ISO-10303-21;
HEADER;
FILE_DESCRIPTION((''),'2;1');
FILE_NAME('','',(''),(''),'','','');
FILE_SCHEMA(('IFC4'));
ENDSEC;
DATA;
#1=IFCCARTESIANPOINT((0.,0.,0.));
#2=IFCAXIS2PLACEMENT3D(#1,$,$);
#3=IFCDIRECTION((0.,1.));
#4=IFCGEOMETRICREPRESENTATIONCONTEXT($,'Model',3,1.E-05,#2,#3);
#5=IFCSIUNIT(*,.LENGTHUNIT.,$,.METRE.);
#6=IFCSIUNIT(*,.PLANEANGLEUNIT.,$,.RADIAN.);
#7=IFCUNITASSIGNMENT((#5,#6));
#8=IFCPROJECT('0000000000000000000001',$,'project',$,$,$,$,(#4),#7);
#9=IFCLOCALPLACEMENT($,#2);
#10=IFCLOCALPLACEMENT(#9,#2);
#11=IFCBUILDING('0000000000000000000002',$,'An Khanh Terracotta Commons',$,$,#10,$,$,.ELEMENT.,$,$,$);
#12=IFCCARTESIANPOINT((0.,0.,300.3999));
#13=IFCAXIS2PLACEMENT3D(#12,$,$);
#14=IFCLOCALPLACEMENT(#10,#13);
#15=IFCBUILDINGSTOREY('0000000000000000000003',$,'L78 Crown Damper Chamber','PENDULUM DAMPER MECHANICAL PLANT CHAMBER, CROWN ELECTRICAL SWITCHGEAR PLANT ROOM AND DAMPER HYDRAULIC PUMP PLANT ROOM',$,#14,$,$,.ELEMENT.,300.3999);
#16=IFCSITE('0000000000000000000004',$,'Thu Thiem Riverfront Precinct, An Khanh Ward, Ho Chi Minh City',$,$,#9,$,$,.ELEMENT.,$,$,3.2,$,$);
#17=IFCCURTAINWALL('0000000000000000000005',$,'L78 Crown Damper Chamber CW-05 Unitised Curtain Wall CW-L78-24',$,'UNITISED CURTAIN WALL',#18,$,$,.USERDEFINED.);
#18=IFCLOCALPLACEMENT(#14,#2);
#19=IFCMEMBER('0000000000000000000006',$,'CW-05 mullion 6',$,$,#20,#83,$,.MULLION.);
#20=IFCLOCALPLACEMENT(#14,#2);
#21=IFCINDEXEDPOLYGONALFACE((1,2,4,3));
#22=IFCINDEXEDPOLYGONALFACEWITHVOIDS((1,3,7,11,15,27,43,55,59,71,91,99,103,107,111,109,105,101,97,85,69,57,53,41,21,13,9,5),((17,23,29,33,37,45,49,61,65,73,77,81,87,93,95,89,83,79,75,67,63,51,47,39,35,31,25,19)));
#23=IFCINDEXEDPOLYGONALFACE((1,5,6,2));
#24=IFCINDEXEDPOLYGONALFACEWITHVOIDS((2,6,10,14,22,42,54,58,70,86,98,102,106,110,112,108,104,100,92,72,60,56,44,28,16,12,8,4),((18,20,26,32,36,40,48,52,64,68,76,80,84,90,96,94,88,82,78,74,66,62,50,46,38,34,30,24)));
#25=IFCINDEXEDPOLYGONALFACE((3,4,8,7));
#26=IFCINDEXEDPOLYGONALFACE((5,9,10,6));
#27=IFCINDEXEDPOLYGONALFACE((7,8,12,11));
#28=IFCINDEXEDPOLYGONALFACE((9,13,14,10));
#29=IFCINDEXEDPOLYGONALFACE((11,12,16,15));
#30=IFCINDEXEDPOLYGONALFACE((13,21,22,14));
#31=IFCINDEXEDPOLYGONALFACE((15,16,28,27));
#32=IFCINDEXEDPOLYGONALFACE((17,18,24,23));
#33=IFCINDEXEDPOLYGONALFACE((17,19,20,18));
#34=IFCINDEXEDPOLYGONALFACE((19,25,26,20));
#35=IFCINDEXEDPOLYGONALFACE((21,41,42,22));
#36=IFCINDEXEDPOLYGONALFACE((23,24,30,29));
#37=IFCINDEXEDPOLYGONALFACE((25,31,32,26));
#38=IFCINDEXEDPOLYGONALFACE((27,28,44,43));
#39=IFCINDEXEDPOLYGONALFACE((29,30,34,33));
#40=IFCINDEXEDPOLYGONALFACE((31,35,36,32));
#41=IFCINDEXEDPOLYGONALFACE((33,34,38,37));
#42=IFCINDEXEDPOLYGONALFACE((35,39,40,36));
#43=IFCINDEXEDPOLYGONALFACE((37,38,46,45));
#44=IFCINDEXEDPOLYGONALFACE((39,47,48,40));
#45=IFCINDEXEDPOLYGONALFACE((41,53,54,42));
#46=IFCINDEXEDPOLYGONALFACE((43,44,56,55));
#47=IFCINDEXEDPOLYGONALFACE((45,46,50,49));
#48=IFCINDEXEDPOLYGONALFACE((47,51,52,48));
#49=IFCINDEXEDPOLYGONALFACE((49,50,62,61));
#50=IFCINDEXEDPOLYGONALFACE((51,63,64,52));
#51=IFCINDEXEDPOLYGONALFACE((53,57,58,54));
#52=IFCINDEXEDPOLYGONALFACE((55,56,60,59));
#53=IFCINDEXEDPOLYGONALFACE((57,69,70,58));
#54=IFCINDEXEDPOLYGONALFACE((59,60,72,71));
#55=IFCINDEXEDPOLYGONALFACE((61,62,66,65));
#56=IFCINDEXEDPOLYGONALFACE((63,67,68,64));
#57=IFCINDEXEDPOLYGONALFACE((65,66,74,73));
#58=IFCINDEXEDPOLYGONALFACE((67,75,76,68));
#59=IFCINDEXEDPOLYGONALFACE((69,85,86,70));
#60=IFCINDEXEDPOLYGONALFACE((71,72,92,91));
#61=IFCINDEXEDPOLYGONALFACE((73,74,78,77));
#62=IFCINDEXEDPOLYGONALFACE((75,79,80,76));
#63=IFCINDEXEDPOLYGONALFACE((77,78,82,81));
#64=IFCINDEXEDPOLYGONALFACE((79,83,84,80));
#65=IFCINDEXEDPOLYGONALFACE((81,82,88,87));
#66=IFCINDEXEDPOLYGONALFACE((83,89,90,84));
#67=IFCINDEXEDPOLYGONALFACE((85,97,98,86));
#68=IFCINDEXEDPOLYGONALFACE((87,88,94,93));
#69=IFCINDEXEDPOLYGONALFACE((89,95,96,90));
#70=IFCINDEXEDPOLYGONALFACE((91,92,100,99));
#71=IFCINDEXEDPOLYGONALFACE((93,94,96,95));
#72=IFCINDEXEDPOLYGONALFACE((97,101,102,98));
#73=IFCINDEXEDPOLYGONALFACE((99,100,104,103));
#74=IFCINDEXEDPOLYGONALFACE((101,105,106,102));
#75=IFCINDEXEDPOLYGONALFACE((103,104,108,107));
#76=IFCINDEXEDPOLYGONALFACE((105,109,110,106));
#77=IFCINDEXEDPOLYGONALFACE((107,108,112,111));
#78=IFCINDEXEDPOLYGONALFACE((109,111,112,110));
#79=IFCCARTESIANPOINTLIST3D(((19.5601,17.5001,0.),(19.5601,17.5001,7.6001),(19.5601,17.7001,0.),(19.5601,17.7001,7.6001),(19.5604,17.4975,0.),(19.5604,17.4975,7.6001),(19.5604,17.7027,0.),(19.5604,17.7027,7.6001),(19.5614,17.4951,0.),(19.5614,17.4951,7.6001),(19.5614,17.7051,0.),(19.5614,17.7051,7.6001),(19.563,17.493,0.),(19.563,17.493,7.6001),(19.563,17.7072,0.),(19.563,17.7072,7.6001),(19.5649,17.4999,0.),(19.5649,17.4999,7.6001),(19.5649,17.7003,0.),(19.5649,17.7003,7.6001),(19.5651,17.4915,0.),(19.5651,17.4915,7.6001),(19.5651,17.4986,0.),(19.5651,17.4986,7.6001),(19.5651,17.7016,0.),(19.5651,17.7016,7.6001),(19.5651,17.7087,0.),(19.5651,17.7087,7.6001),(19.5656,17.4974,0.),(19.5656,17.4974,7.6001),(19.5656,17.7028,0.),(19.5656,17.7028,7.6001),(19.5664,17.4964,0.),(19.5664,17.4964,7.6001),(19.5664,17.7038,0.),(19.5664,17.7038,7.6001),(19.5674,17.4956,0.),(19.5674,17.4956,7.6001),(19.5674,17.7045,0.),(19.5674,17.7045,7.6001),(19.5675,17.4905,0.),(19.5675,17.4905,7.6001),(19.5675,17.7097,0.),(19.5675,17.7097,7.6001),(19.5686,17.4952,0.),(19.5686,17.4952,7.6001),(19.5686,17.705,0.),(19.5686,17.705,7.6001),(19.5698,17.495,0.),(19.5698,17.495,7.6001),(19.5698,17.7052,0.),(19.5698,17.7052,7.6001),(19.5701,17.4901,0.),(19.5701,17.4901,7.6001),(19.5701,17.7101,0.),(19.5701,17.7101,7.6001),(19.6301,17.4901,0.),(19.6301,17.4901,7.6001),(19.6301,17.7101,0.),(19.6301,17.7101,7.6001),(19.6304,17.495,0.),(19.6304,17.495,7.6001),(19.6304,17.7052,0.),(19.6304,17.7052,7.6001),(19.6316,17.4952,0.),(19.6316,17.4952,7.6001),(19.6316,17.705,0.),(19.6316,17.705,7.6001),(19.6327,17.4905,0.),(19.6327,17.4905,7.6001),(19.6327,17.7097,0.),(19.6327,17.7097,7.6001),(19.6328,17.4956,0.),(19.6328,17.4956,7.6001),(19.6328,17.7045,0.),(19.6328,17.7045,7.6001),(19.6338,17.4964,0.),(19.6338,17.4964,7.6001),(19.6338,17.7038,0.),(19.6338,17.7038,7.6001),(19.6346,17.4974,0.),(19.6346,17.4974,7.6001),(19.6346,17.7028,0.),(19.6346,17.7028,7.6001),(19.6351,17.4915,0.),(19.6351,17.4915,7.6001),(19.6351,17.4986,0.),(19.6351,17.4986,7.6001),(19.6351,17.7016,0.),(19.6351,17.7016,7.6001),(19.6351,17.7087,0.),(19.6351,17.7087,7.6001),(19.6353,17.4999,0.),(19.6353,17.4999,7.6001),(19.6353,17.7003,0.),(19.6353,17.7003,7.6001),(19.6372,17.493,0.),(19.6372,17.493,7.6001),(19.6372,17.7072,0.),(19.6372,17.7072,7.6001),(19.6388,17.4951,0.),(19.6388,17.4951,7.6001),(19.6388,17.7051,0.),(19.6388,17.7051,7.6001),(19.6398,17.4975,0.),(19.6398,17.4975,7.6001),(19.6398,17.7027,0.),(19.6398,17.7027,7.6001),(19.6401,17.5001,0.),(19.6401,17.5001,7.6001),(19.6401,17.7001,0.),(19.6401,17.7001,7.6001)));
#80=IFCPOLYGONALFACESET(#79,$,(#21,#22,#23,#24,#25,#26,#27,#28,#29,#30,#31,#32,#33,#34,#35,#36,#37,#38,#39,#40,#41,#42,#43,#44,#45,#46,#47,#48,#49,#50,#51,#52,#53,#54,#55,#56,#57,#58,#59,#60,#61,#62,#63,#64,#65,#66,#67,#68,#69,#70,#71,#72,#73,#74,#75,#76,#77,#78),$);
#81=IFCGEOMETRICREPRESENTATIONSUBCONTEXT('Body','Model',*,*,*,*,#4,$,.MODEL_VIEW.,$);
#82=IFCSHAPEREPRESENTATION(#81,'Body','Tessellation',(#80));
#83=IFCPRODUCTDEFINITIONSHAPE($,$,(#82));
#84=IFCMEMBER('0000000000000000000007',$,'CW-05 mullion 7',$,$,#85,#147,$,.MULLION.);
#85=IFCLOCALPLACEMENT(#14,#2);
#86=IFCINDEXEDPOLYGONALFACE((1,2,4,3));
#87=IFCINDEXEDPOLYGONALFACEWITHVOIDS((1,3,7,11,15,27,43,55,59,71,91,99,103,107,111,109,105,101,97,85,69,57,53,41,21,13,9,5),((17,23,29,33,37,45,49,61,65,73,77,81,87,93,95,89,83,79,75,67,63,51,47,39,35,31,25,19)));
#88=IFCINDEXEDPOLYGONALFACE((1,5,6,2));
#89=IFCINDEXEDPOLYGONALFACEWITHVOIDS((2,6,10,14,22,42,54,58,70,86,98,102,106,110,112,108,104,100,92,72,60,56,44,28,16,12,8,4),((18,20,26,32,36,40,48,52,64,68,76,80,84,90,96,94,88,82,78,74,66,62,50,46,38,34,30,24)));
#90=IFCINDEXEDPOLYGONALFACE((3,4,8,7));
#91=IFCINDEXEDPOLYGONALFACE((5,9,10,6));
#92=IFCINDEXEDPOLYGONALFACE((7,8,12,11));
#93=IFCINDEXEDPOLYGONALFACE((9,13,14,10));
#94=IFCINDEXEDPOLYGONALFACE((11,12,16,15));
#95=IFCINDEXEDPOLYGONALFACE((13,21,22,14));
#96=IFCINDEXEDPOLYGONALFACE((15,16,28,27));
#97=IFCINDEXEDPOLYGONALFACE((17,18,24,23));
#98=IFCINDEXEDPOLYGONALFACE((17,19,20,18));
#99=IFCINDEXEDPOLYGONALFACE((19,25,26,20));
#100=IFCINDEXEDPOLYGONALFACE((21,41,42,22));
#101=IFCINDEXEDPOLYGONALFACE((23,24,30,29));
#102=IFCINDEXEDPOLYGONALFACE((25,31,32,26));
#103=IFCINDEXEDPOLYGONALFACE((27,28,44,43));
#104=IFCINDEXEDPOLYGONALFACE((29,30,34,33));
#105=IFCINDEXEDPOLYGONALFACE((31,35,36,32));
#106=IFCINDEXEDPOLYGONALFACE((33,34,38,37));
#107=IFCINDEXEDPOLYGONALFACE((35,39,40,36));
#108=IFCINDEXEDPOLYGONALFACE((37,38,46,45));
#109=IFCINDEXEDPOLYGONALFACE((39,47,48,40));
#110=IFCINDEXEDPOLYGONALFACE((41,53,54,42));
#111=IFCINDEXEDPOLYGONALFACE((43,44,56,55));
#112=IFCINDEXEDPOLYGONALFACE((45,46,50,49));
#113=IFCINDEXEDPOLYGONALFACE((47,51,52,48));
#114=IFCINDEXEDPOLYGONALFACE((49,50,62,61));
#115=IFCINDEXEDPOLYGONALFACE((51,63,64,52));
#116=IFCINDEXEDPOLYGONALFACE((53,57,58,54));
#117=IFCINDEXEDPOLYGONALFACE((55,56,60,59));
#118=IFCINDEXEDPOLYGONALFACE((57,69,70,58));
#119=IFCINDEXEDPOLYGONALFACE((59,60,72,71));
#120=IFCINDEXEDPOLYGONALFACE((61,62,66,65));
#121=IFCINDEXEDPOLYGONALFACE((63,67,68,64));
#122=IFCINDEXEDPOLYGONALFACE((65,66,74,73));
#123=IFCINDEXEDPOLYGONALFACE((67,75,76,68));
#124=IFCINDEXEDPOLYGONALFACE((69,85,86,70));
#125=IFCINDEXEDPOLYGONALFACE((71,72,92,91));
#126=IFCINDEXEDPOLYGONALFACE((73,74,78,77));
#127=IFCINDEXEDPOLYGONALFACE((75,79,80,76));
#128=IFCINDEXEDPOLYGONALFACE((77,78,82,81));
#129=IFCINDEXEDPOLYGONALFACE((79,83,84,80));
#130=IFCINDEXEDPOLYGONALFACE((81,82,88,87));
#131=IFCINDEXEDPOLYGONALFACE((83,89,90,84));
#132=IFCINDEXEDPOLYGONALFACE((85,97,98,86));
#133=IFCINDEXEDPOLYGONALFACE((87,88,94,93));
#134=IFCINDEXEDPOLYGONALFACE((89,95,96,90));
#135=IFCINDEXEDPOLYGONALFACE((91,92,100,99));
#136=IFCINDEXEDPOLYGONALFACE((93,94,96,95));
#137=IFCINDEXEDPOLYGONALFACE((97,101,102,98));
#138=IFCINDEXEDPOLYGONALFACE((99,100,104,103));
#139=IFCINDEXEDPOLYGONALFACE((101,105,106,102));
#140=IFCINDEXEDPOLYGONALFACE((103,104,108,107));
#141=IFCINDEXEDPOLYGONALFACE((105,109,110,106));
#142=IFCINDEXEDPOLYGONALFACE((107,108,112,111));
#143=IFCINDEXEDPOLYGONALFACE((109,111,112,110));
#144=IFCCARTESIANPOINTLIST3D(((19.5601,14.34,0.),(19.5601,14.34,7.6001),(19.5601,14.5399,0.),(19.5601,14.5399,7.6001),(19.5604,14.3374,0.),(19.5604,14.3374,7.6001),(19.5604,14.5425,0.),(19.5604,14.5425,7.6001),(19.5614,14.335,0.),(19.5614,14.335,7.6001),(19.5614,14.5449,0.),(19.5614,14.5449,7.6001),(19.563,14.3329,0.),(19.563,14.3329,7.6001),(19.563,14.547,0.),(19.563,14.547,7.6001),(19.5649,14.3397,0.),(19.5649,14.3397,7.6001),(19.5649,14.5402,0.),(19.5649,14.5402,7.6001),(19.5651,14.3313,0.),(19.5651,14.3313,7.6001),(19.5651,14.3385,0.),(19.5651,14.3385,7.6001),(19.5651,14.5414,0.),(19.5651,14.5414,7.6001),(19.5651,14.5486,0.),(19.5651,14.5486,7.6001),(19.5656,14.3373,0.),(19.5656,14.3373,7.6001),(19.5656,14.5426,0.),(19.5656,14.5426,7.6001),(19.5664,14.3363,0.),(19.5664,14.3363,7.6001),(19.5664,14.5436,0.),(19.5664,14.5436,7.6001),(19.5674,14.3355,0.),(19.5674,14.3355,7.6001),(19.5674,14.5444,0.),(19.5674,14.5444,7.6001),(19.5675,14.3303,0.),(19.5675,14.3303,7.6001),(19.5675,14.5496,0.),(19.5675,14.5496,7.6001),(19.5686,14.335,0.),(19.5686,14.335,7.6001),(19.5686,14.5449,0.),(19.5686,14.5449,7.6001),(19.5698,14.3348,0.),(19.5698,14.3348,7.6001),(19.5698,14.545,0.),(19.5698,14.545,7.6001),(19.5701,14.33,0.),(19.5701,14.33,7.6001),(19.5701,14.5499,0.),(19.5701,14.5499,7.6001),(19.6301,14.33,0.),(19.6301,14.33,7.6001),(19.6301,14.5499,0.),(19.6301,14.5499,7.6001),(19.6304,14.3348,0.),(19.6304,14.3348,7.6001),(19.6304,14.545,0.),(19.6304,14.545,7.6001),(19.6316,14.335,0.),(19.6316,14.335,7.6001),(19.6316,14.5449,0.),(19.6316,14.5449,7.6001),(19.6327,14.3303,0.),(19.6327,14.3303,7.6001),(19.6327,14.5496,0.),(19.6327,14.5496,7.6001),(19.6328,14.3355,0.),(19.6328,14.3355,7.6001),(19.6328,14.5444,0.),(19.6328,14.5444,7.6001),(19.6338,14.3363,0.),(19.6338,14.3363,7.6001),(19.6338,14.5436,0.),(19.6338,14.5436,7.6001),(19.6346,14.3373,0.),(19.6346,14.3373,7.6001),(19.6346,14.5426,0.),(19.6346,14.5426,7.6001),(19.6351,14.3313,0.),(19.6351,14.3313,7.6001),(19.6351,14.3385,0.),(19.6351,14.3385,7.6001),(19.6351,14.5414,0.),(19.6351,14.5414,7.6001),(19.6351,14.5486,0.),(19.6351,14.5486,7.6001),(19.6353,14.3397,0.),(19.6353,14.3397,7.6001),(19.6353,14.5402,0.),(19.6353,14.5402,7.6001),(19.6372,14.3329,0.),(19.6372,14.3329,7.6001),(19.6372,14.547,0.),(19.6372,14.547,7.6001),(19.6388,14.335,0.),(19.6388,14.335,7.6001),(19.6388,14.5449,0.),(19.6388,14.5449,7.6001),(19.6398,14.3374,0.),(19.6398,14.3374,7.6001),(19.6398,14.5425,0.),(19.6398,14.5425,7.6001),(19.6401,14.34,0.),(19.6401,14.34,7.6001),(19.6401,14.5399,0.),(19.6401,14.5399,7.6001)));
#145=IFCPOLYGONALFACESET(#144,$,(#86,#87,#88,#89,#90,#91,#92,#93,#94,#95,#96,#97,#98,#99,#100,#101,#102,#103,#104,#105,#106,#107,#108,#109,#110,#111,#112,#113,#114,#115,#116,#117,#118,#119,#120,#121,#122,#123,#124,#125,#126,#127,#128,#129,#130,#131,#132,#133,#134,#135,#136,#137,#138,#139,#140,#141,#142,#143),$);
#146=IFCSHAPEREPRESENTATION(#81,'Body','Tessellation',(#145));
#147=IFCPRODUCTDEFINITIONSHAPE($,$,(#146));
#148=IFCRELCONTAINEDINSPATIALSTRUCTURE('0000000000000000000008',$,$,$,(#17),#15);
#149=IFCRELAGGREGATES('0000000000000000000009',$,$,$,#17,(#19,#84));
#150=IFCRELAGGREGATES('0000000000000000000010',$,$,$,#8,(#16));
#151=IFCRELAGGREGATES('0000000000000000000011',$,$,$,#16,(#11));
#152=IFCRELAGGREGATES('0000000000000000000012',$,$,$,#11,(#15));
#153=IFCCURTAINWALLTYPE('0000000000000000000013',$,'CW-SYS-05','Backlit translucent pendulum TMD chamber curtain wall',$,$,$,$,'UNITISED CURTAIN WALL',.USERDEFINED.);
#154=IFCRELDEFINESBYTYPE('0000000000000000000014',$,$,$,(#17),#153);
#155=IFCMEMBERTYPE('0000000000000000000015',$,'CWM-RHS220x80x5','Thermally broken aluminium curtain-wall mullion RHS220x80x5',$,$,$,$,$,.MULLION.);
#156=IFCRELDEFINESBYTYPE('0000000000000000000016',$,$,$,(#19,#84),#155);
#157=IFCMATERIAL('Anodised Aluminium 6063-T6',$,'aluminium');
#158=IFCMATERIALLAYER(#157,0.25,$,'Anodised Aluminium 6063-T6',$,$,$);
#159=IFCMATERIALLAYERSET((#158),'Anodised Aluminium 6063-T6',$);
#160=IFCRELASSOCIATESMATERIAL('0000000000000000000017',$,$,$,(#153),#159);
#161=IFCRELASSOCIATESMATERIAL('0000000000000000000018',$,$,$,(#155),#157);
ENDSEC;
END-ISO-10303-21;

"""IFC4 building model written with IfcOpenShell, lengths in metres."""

from ifc_helpers import new_model, si_unit, direction, frame, origin, origin_2d, place, context, subcontext, project, spatial, hollow_rectangle, extrude, material, layer, layer_set, material_profile, profile_set, type_object, element, aggregate, save


model = new_model("IFC4")

# Units and contexts
model_context = context("Model", 3, precision=1e-05, world=origin(), true_north=direction((0.0, 1.0)))
body_context = subcontext(model_context, "Body", "Model", "MODEL_VIEW")
ifc_project = project(units=[si_unit("LENGTHUNIT", "METRE"), si_unit("PLANEANGLEUNIT", "RADIAN")], contexts=[model_context])

# Site, building, storey
site_placement = place(None, origin())
site = spatial("IfcSite", under=ifc_project, at=site_placement, Name="Thu Thiem Riverfront Precinct, An Khanh Ward, Ho Chi Minh City", CompositionType="ELEMENT", RefElevation=3.2)
building_placement = place(site_placement, origin())
building = spatial("IfcBuilding", under=site, at=building_placement, Name="An Khanh Terracotta Commons", CompositionType="ELEMENT")
storey_placement = place(building_placement, frame((0.0, 0.0, 300.3999)))
storey = spatial("IfcBuildingStorey", under=building, at=storey_placement, Name="L78 Crown Damper Chamber", Description="PENDULUM DAMPER MECHANICAL PLANT CHAMBER, CROWN ELECTRICAL SWITCHGEAR PLANT ROOM AND DAMPER HYDRAULIC PUMP PLANT ROOM", CompositionType="ELEMENT", Elevation=300.3999)

# Curtain wall, members
ifc_material_1 = material(Name="Anodised Aluminium 6063-T6", Category="aluminium")
ifc_layer_1 = layer(ifc_material_1, 0.25, Name="Anodised Aluminium 6063-T6")
ifc_layer_set_1 = layer_set([ifc_layer_1], Name="Anodised Aluminium 6063-T6")
curtain_wall_type = type_object("IfcCurtainWallType", Name="CW-SYS-05", Description="Backlit translucent pendulum TMD chamber curtain wall", ElementType="UNITISED CURTAIN WALL", PredefinedType="USERDEFINED", material=ifc_layer_set_1)
curtain_wall_placement = place(storey_placement, origin())
curtain_wall = element("IfcCurtainWall", 1, at=curtain_wall_placement, inside=storey, type_object=curtain_wall_type, Name="L78 Crown Damper Chamber CW-05 Unitised Curtain Wall CW-L78-24", ObjectType="UNITISED CURTAIN WALL", PredefinedType="USERDEFINED")
ifc_material_profile_1 = material_profile(ifc_material_1, hollow_rectangle(XDim=0.0801, YDim=0.22, WallThickness=0.0049, InnerFilletRadius=0.0049, OuterFilletRadius=0.01, at=origin_2d()), Name="RHS220x80x5")
ifc_profile_set_1 = profile_set([ifc_material_profile_1], Name="Anodised Aluminium 6063-T6")
member_type_1 = type_object("IfcMemberType", Name="CWM-RHS220x80x5", Description="Thermally broken aluminium curtain-wall mullion RHS220x80x5", PredefinedType="MULLION", material=ifc_profile_set_1)
member_1_placement = place(storey_placement, frame((19.6001, 17.6001, 0.0), z_axis=(0.0, 0.0, 1.0), x_axis=(1.0, 0.0, 0.0)))
member_1 = element("IfcMember", 2, at=member_1_placement, type_object=member_type_1, Name="CW-05 mullion 6", PredefinedType="MULLION", context=body_context, shape_type="SweptSolid", body=[
    extrude(hollow_rectangle(XDim=0.0801, YDim=0.22, WallThickness=0.0049, InnerFilletRadius=0.0049, OuterFilletRadius=0.01, at=origin_2d()), origin(), (0.0, 0.0, 1.0), 7.6001),
])
member_2_placement = place(storey_placement, frame((19.6001, 14.4399, 0.0), z_axis=(0.0, 0.0, 1.0), x_axis=(1.0, 0.0, 0.0)))
member_2 = element("IfcMember", 3, at=member_2_placement, type_object=member_type_1, Name="CW-05 mullion 7", PredefinedType="MULLION", context=body_context, shape_type="SweptSolid", body=[
    extrude(hollow_rectangle(XDim=0.0801, YDim=0.22, WallThickness=0.0049, InnerFilletRadius=0.0049, OuterFilletRadius=0.01, at=origin_2d()), origin(), (0.0, 0.0, 1.0), 7.6001),
])
aggregate(curtain_wall, [member_1, member_2])

save(model, "model.ifc")
